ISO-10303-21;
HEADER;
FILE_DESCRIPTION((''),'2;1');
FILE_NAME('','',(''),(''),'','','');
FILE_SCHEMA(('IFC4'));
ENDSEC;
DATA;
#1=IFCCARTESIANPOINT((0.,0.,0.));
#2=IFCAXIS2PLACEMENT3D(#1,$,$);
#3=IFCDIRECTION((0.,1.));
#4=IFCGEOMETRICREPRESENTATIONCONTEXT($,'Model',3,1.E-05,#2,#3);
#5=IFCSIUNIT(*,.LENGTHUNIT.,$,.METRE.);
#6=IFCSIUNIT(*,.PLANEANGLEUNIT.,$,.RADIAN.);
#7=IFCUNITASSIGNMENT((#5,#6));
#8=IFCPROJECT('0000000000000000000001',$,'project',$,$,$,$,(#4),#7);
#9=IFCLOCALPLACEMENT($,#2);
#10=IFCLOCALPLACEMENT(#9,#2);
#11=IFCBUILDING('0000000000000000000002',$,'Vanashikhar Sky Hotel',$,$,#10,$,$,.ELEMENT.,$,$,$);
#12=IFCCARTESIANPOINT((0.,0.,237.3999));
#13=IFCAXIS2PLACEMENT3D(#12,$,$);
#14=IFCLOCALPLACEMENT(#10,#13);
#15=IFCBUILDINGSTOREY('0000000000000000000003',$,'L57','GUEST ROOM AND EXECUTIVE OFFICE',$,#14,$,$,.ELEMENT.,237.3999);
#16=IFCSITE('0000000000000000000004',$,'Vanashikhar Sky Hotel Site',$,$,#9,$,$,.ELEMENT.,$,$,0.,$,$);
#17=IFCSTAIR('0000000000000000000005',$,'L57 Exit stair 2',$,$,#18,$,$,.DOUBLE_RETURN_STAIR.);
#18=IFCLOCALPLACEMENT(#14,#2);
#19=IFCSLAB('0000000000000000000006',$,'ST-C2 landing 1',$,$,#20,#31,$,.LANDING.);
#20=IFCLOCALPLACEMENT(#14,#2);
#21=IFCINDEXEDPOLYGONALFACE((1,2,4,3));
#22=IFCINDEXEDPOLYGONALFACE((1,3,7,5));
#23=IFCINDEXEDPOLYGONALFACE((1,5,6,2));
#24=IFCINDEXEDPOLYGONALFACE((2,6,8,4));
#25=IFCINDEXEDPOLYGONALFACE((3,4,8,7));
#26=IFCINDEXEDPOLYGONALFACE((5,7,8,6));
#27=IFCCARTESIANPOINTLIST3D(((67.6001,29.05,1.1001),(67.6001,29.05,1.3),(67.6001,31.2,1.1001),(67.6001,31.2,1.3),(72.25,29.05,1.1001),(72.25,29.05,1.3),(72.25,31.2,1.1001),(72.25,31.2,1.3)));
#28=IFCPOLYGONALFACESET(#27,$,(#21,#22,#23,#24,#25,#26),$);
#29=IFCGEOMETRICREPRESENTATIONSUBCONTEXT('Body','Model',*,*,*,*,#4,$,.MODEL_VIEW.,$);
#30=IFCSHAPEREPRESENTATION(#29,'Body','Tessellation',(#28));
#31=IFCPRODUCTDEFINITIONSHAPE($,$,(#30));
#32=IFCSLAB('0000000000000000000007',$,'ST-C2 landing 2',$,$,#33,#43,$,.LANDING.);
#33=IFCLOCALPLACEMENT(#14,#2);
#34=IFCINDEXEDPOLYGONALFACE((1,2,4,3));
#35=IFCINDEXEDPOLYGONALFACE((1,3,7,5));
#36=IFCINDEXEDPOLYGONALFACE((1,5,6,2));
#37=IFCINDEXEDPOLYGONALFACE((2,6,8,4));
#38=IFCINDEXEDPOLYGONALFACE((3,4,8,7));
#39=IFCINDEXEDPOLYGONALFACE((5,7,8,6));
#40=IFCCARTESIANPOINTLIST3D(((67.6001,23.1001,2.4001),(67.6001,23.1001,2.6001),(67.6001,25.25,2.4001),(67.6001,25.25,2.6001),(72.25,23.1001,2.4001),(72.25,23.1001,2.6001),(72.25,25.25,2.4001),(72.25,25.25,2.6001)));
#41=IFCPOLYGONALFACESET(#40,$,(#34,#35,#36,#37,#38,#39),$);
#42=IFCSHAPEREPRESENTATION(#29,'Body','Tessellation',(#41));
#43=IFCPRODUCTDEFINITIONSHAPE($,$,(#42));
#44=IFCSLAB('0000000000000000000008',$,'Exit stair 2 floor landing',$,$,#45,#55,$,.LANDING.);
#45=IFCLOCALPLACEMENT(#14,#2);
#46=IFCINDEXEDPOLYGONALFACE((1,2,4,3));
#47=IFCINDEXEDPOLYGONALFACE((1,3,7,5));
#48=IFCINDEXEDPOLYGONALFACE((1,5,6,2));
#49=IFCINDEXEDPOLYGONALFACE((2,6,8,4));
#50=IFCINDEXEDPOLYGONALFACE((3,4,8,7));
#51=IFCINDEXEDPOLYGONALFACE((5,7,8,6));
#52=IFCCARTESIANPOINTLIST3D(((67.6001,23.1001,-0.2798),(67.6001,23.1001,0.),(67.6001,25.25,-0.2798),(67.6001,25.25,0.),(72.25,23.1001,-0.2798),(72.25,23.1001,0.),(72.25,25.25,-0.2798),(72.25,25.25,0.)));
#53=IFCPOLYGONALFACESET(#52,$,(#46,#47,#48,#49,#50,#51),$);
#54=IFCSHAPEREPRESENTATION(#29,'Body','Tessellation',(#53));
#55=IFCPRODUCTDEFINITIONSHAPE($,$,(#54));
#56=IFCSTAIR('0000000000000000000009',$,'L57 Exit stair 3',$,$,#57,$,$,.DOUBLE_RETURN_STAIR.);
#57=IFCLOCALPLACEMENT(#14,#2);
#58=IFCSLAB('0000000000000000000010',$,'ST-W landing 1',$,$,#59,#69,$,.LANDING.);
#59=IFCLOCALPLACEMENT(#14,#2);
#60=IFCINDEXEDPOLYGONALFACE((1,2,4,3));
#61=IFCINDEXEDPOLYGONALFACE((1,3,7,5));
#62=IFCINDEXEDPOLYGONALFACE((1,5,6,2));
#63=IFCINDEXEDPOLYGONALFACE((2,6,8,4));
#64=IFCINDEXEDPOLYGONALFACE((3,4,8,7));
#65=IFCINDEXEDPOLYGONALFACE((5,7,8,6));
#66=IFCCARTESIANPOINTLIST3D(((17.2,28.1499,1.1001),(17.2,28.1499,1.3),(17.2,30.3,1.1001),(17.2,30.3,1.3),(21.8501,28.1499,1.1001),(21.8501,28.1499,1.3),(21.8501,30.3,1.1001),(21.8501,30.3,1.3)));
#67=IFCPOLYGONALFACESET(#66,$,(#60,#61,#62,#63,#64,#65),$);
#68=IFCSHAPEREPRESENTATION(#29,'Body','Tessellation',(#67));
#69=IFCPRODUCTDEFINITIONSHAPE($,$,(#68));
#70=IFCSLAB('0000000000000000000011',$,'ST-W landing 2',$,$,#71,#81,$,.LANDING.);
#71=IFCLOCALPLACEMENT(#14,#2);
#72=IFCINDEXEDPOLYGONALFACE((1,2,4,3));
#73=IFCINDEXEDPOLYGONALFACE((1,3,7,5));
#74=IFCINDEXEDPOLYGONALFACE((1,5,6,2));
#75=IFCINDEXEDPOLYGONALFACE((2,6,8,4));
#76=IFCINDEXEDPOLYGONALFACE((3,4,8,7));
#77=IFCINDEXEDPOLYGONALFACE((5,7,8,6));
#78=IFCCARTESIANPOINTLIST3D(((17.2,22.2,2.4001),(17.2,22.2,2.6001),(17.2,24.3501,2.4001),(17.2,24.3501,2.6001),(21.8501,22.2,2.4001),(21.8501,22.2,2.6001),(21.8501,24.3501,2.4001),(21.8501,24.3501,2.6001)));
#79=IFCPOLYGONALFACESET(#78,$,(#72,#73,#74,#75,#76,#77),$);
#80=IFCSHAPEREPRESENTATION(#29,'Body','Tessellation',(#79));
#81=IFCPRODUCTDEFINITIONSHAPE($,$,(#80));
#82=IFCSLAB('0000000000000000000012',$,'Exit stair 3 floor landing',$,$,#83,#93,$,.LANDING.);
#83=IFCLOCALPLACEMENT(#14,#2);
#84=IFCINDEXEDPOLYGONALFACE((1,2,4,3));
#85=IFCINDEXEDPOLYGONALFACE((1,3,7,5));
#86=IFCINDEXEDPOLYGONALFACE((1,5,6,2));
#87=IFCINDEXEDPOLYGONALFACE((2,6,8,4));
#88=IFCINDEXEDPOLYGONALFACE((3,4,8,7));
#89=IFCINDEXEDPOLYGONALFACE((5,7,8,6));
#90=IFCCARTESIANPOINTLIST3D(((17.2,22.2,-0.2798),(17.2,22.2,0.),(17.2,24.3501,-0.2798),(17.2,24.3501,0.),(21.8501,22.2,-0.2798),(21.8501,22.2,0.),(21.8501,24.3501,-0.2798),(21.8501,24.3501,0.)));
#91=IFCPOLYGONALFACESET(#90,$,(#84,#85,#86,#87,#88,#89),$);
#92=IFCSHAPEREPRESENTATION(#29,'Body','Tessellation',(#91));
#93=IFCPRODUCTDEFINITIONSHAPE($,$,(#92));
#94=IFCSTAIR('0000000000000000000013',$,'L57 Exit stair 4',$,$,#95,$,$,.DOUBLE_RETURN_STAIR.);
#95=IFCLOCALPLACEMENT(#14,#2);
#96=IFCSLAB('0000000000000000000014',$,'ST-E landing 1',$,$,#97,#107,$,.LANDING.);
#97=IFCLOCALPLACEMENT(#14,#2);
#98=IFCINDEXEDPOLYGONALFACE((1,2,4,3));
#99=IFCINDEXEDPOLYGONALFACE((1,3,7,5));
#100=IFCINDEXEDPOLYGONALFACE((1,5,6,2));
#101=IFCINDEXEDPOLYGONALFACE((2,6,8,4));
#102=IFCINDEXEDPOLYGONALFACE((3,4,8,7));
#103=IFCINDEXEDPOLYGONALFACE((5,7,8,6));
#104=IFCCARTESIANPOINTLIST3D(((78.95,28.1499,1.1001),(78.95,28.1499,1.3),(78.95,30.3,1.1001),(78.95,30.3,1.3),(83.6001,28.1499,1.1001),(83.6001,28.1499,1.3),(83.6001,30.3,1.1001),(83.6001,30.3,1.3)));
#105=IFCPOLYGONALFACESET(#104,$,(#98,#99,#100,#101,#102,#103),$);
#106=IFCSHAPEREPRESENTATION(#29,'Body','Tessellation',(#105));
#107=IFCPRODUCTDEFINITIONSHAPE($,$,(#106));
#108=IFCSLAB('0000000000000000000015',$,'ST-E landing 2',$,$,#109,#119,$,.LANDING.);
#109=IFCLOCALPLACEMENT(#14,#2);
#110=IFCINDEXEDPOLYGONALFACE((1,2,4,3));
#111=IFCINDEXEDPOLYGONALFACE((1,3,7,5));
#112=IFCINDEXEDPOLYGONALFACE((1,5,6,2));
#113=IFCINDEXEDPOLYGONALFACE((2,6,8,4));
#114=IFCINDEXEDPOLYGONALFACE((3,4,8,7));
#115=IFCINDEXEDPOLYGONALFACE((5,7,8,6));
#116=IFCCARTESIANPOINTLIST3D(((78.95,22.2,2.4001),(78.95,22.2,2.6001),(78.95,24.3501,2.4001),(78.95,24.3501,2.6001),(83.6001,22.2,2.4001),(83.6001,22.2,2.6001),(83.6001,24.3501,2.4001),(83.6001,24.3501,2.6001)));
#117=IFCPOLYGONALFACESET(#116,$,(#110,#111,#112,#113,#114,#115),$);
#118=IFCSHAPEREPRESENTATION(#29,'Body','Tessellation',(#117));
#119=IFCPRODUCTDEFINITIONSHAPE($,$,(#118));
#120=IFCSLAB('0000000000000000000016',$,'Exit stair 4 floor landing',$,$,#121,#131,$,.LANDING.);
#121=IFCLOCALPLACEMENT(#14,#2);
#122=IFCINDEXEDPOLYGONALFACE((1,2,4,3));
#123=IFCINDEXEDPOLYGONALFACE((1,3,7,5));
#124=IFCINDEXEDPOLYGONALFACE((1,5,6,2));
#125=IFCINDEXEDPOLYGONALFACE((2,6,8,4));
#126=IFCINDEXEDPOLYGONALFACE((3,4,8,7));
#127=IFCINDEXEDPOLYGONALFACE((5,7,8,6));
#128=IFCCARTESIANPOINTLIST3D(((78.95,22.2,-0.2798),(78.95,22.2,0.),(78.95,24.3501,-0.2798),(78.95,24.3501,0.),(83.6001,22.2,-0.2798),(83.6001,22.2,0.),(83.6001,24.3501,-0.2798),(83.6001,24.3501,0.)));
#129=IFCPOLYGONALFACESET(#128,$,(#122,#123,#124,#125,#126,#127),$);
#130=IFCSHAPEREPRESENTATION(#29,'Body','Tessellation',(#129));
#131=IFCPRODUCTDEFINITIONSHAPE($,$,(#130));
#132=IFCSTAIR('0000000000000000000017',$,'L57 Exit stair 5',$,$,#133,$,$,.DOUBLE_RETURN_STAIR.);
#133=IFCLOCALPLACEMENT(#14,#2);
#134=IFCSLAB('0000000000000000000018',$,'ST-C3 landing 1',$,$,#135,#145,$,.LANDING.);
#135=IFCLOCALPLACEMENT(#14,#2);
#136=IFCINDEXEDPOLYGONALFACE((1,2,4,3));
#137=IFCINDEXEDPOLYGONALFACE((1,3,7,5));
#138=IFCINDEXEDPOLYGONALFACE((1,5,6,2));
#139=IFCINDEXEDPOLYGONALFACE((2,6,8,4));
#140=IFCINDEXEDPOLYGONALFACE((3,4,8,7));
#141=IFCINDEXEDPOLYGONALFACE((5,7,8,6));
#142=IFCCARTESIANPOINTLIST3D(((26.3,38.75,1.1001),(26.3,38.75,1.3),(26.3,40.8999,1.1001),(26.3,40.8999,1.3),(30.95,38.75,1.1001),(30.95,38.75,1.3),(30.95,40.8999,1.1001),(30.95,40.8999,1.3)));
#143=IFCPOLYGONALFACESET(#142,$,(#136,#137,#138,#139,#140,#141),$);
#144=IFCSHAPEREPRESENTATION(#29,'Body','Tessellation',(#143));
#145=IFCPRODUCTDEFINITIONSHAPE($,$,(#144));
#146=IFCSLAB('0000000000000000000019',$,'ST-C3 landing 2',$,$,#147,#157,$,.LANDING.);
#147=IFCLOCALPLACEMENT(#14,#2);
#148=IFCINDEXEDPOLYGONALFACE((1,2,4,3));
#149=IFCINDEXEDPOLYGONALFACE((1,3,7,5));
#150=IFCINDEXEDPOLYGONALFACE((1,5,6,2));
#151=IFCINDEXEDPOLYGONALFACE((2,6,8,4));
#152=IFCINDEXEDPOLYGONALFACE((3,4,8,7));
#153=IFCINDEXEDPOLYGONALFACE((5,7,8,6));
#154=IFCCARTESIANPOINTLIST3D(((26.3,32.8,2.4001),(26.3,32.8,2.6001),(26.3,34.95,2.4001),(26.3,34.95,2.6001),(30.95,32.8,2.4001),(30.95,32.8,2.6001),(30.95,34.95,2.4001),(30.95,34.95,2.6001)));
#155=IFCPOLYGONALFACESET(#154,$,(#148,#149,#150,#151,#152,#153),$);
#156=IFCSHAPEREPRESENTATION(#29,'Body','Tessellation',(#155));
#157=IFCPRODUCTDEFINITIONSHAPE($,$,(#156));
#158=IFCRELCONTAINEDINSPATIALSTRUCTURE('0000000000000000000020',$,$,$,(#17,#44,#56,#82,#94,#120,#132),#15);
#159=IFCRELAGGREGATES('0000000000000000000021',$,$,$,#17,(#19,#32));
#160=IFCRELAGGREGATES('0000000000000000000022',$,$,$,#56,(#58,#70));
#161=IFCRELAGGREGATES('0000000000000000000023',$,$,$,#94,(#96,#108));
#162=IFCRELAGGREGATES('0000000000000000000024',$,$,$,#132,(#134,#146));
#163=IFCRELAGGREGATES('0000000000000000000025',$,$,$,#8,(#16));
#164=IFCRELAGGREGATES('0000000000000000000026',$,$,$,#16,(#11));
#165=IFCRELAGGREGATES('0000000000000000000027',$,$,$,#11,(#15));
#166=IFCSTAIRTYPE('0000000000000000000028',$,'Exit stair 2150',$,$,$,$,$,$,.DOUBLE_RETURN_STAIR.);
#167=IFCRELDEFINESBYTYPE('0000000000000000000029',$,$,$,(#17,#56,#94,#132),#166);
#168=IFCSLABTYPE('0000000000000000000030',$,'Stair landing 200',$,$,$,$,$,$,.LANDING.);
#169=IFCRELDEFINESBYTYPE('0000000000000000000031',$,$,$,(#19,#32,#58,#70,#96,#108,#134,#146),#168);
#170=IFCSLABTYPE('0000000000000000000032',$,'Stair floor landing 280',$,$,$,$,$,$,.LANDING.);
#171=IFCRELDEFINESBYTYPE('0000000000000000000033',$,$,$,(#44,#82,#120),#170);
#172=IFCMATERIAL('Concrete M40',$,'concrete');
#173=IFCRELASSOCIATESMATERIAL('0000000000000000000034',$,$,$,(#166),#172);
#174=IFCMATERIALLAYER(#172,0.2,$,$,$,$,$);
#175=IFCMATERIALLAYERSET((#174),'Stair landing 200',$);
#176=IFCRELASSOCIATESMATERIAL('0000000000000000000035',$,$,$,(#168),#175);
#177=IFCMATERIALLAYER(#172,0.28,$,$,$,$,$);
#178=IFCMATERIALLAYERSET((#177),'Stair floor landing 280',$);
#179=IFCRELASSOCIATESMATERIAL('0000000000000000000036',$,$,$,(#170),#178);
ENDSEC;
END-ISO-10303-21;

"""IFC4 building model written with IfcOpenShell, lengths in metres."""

from ifc_helpers import new_model, si_unit, direction, frame, origin, place, context, subcontext, project, spatial, polyline, outline, extrude, source, transform, mapped, material, layer, layer_set, type_object, element, aggregate, save


model = new_model("IFC4")

# Units and contexts
model_context = context("Model", 3, precision=1e-05, world=origin(), true_north=direction((0.0, 1.0)))
body_context = subcontext(model_context, "Body", "Model", "MODEL_VIEW")
ifc_project = project(units=[si_unit("LENGTHUNIT", "METRE"), si_unit("PLANEANGLEUNIT", "RADIAN")], contexts=[model_context])

# Site, building, storey
site_placement = place(None, origin())
site = spatial("IfcSite", under=ifc_project, at=site_placement, Name="Vanashikhar Sky Hotel Site", CompositionType="ELEMENT", RefElevation=0.0)
building_placement = place(site_placement, origin())
building = spatial("IfcBuilding", under=site, at=building_placement, Name="Vanashikhar Sky Hotel", CompositionType="ELEMENT")
storey_placement = place(building_placement, frame((0.0, 0.0, 237.3999)))
storey = spatial("IfcBuildingStorey", under=building, at=storey_placement, Name="L57", Description="GUEST ROOM AND EXECUTIVE OFFICE", CompositionType="ELEMENT", Elevation=237.3999)

# Shared definitions
ifc_material = material(Name="Concrete M40", Category="concrete")

# Shared definitions
stair_type = type_object("IfcStairType", Name="Exit stair 2150", PredefinedType="DOUBLE_RETURN_STAIR", material=ifc_material)
ifc_layer_1 = layer(ifc_material, 0.2)
ifc_layer_set_1 = layer_set([ifc_layer_1], Name="Stair landing 200")
slab_type_1 = type_object("IfcSlabType", Name="Stair landing 200", PredefinedType="LANDING", material=ifc_layer_set_1)

# Shared definitions
ifc_layer_2 = layer(ifc_material, 0.28)
ifc_layer_set_2 = layer_set([ifc_layer_2], Name="Stair floor landing 280")
slab_type_2 = type_object("IfcSlabType", Name="Stair floor landing 280", PredefinedType="LANDING", material=ifc_layer_set_2)

# Stair, slabs
stair_1_placement = place(storey_placement, origin())
stair_1 = element("IfcStair", 1, at=stair_1_placement, inside=storey, type_object=stair_type, Name="L57 Exit stair 2", PredefinedType="DOUBLE_RETURN_STAIR")
shared_shape_1 = source(origin(), body_context, "Body", "SweptSolid", [
    extrude(outline(polyline([(72.25, 29.05), (72.25, 31.2), (67.6001, 31.2), (67.6001, 29.05), (72.25, 29.05)])), origin(), (0.0, 0.0, 1.0), 0.2),
])
slab_1_placement = place(storey_placement, frame((0.0, 0.0, 1.1001)))
slab_1 = element("IfcSlab", 2, at=slab_1_placement, type_object=slab_type_1, Name="ST-C2 landing 1", PredefinedType="LANDING", context=body_context, shape_type="MappedRepresentation", body=[
    mapped(shared_shape_1, transform((0.0, 0.0, 0.0), scale=1.0)),
])
shared_shape_2 = source(origin(), body_context, "Body", "SweptSolid", [
    extrude(outline(polyline([(72.25, 23.1001), (72.25, 25.25), (67.6001, 25.25), (67.6001, 23.1001), (72.25, 23.1001)])), origin(), (0.0, 0.0, 1.0), 0.2),
])
slab_2_placement = place(storey_placement, frame((0.0, 0.0, 2.4001)))
slab_2 = element("IfcSlab", 3, at=slab_2_placement, type_object=slab_type_1, Name="ST-C2 landing 2", PredefinedType="LANDING", context=body_context, shape_type="MappedRepresentation", body=[
    mapped(shared_shape_2, transform((0.0, 0.0, 0.0), scale=1.0)),
])
aggregate(stair_1, [slab_1, slab_2])

# Slab
shared_shape_3 = source(origin(), body_context, "Body", "SweptSolid", [
    extrude(outline(polyline([(72.25, 23.1001), (72.25, 25.25), (67.6001, 25.25), (67.6001, 23.1001), (72.25, 23.1001)])), origin(), (0.0, 0.0, 1.0), 0.2798),
])
slab_3_placement = place(storey_placement, frame((0.0, 0.0, -0.2798)))
element("IfcSlab", 4, at=slab_3_placement, inside=storey, type_object=slab_type_2, Name="Exit stair 2 floor landing", PredefinedType="LANDING", context=body_context, shape_type="MappedRepresentation", body=[
    mapped(shared_shape_3, transform((0.0, 0.0, 0.0), scale=1.0)),
])

# Stair, slabs
stair_2_placement = place(storey_placement, origin())
stair_2 = element("IfcStair", 5, at=stair_2_placement, inside=storey, type_object=stair_type, Name="L57 Exit stair 3", PredefinedType="DOUBLE_RETURN_STAIR")
shared_shape_4 = source(origin(), body_context, "Body", "SweptSolid", [
    extrude(outline(polyline([(21.8501, 28.1499), (21.8501, 30.3), (17.2, 30.3), (17.2, 28.1499), (21.8501, 28.1499)])), origin(), (0.0, 0.0, 1.0), 0.2),
])
slab_4_placement = place(storey_placement, frame((0.0, 0.0, 1.1001)))
slab_4 = element("IfcSlab", 6, at=slab_4_placement, type_object=slab_type_1, Name="ST-W landing 1", PredefinedType="LANDING", context=body_context, shape_type="MappedRepresentation", body=[
    mapped(shared_shape_4, transform((0.0, 0.0, 0.0), scale=1.0)),
])
shared_shape_5 = source(origin(), body_context, "Body", "SweptSolid", [
    extrude(outline(polyline([(21.8501, 22.2), (21.8501, 24.3501), (17.2, 24.3501), (17.2, 22.2), (21.8501, 22.2)])), origin(), (0.0, 0.0, 1.0), 0.2),
])
slab_5_placement = place(storey_placement, frame((0.0, 0.0, 2.4001)))
slab_5 = element("IfcSlab", 7, at=slab_5_placement, type_object=slab_type_1, Name="ST-W landing 2", PredefinedType="LANDING", context=body_context, shape_type="MappedRepresentation", body=[
    mapped(shared_shape_5, transform((0.0, 0.0, 0.0), scale=1.0)),
])
aggregate(stair_2, [slab_4, slab_5])

# Slab
shared_shape_6 = source(origin(), body_context, "Body", "SweptSolid", [
    extrude(outline(polyline([(21.8501, 22.2), (21.8501, 24.3501), (17.2, 24.3501), (17.2, 22.2), (21.8501, 22.2)])), origin(), (0.0, 0.0, 1.0), 0.2798),
])
slab_6_placement = place(storey_placement, frame((0.0, 0.0, -0.2798)))
element("IfcSlab", 8, at=slab_6_placement, inside=storey, type_object=slab_type_2, Name="Exit stair 3 floor landing", PredefinedType="LANDING", context=body_context, shape_type="MappedRepresentation", body=[
    mapped(shared_shape_6, transform((0.0, 0.0, 0.0), scale=1.0)),
])

# Stair, slabs
stair_3_placement = place(storey_placement, origin())
stair_3 = element("IfcStair", 9, at=stair_3_placement, inside=storey, type_object=stair_type, Name="L57 Exit stair 4", PredefinedType="DOUBLE_RETURN_STAIR")
shared_shape_7 = source(origin(), body_context, "Body", "SweptSolid", [
    extrude(outline(polyline([(83.6001, 28.1499), (83.6001, 30.3), (78.95, 30.3), (78.95, 28.1499), (83.6001, 28.1499)])), origin(), (0.0, 0.0, 1.0), 0.2),
])
slab_7_placement = place(storey_placement, frame((0.0, 0.0, 1.1001)))
slab_7 = element("IfcSlab", 10, at=slab_7_placement, type_object=slab_type_1, Name="ST-E landing 1", PredefinedType="LANDING", context=body_context, shape_type="MappedRepresentation", body=[
    mapped(shared_shape_7, transform((0.0, 0.0, 0.0), scale=1.0)),
])
shared_shape_8 = source(origin(), body_context, "Body", "SweptSolid", [
    extrude(outline(polyline([(83.6001, 22.2), (83.6001, 24.3501), (78.95, 24.3501), (78.95, 22.2), (83.6001, 22.2)])), origin(), (0.0, 0.0, 1.0), 0.2),
])
slab_8_placement = place(storey_placement, frame((0.0, 0.0, 2.4001)))
slab_8 = element("IfcSlab", 11, at=slab_8_placement, type_object=slab_type_1, Name="ST-E landing 2", PredefinedType="LANDING", context=body_context, shape_type="MappedRepresentation", body=[
    mapped(shared_shape_8, transform((0.0, 0.0, 0.0), scale=1.0)),
])
aggregate(stair_3, [slab_7, slab_8])

# Slab
shared_shape_9 = source(origin(), body_context, "Body", "SweptSolid", [
    extrude(outline(polyline([(83.6001, 22.2), (83.6001, 24.3501), (78.95, 24.3501), (78.95, 22.2), (83.6001, 22.2)])), origin(), (0.0, 0.0, 1.0), 0.2798),
])
slab_9_placement = place(storey_placement, frame((0.0, 0.0, -0.2798)))
element("IfcSlab", 12, at=slab_9_placement, inside=storey, type_object=slab_type_2, Name="Exit stair 4 floor landing", PredefinedType="LANDING", context=body_context, shape_type="MappedRepresentation", body=[
    mapped(shared_shape_9, transform((0.0, 0.0, 0.0), scale=1.0)),
])

# Stair, slabs
stair_4_placement = place(storey_placement, origin())
stair_4 = element("IfcStair", 13, at=stair_4_placement, inside=storey, type_object=stair_type, Name="L57 Exit stair 5", PredefinedType="DOUBLE_RETURN_STAIR")
shared_shape_10 = source(origin(), body_context, "Body", "SweptSolid", [
    extrude(outline(polyline([(30.95, 38.75), (30.95, 40.8999), (26.3, 40.8999), (26.3, 38.75), (30.95, 38.75)])), origin(), (0.0, 0.0, 1.0), 0.2),
])
slab_10_placement = place(storey_placement, frame((0.0, 0.0, 1.1001)))
slab_10 = element("IfcSlab", 14, at=slab_10_placement, type_object=slab_type_1, Name="ST-C3 landing 1", PredefinedType="LANDING", context=body_context, shape_type="MappedRepresentation", body=[
    mapped(shared_shape_10, transform((0.0, 0.0, 0.0), scale=1.0)),
])
shared_shape_11 = source(origin(), body_context, "Body", "SweptSolid", [
    extrude(outline(polyline([(30.95, 32.8), (30.95, 34.95), (26.3, 34.95), (26.3, 32.8), (30.95, 32.8)])), origin(), (0.0, 0.0, 1.0), 0.2),
])
slab_11_placement = place(storey_placement, frame((0.0, 0.0, 2.4001)))
slab_11 = element("IfcSlab", 15, at=slab_11_placement, type_object=slab_type_1, Name="ST-C3 landing 2", PredefinedType="LANDING", context=body_context, shape_type="MappedRepresentation", body=[
    mapped(shared_shape_11, transform((0.0, 0.0, 0.0), scale=1.0)),
])
aggregate(stair_4, [slab_10, slab_11])

save(model, "model.ifc")
